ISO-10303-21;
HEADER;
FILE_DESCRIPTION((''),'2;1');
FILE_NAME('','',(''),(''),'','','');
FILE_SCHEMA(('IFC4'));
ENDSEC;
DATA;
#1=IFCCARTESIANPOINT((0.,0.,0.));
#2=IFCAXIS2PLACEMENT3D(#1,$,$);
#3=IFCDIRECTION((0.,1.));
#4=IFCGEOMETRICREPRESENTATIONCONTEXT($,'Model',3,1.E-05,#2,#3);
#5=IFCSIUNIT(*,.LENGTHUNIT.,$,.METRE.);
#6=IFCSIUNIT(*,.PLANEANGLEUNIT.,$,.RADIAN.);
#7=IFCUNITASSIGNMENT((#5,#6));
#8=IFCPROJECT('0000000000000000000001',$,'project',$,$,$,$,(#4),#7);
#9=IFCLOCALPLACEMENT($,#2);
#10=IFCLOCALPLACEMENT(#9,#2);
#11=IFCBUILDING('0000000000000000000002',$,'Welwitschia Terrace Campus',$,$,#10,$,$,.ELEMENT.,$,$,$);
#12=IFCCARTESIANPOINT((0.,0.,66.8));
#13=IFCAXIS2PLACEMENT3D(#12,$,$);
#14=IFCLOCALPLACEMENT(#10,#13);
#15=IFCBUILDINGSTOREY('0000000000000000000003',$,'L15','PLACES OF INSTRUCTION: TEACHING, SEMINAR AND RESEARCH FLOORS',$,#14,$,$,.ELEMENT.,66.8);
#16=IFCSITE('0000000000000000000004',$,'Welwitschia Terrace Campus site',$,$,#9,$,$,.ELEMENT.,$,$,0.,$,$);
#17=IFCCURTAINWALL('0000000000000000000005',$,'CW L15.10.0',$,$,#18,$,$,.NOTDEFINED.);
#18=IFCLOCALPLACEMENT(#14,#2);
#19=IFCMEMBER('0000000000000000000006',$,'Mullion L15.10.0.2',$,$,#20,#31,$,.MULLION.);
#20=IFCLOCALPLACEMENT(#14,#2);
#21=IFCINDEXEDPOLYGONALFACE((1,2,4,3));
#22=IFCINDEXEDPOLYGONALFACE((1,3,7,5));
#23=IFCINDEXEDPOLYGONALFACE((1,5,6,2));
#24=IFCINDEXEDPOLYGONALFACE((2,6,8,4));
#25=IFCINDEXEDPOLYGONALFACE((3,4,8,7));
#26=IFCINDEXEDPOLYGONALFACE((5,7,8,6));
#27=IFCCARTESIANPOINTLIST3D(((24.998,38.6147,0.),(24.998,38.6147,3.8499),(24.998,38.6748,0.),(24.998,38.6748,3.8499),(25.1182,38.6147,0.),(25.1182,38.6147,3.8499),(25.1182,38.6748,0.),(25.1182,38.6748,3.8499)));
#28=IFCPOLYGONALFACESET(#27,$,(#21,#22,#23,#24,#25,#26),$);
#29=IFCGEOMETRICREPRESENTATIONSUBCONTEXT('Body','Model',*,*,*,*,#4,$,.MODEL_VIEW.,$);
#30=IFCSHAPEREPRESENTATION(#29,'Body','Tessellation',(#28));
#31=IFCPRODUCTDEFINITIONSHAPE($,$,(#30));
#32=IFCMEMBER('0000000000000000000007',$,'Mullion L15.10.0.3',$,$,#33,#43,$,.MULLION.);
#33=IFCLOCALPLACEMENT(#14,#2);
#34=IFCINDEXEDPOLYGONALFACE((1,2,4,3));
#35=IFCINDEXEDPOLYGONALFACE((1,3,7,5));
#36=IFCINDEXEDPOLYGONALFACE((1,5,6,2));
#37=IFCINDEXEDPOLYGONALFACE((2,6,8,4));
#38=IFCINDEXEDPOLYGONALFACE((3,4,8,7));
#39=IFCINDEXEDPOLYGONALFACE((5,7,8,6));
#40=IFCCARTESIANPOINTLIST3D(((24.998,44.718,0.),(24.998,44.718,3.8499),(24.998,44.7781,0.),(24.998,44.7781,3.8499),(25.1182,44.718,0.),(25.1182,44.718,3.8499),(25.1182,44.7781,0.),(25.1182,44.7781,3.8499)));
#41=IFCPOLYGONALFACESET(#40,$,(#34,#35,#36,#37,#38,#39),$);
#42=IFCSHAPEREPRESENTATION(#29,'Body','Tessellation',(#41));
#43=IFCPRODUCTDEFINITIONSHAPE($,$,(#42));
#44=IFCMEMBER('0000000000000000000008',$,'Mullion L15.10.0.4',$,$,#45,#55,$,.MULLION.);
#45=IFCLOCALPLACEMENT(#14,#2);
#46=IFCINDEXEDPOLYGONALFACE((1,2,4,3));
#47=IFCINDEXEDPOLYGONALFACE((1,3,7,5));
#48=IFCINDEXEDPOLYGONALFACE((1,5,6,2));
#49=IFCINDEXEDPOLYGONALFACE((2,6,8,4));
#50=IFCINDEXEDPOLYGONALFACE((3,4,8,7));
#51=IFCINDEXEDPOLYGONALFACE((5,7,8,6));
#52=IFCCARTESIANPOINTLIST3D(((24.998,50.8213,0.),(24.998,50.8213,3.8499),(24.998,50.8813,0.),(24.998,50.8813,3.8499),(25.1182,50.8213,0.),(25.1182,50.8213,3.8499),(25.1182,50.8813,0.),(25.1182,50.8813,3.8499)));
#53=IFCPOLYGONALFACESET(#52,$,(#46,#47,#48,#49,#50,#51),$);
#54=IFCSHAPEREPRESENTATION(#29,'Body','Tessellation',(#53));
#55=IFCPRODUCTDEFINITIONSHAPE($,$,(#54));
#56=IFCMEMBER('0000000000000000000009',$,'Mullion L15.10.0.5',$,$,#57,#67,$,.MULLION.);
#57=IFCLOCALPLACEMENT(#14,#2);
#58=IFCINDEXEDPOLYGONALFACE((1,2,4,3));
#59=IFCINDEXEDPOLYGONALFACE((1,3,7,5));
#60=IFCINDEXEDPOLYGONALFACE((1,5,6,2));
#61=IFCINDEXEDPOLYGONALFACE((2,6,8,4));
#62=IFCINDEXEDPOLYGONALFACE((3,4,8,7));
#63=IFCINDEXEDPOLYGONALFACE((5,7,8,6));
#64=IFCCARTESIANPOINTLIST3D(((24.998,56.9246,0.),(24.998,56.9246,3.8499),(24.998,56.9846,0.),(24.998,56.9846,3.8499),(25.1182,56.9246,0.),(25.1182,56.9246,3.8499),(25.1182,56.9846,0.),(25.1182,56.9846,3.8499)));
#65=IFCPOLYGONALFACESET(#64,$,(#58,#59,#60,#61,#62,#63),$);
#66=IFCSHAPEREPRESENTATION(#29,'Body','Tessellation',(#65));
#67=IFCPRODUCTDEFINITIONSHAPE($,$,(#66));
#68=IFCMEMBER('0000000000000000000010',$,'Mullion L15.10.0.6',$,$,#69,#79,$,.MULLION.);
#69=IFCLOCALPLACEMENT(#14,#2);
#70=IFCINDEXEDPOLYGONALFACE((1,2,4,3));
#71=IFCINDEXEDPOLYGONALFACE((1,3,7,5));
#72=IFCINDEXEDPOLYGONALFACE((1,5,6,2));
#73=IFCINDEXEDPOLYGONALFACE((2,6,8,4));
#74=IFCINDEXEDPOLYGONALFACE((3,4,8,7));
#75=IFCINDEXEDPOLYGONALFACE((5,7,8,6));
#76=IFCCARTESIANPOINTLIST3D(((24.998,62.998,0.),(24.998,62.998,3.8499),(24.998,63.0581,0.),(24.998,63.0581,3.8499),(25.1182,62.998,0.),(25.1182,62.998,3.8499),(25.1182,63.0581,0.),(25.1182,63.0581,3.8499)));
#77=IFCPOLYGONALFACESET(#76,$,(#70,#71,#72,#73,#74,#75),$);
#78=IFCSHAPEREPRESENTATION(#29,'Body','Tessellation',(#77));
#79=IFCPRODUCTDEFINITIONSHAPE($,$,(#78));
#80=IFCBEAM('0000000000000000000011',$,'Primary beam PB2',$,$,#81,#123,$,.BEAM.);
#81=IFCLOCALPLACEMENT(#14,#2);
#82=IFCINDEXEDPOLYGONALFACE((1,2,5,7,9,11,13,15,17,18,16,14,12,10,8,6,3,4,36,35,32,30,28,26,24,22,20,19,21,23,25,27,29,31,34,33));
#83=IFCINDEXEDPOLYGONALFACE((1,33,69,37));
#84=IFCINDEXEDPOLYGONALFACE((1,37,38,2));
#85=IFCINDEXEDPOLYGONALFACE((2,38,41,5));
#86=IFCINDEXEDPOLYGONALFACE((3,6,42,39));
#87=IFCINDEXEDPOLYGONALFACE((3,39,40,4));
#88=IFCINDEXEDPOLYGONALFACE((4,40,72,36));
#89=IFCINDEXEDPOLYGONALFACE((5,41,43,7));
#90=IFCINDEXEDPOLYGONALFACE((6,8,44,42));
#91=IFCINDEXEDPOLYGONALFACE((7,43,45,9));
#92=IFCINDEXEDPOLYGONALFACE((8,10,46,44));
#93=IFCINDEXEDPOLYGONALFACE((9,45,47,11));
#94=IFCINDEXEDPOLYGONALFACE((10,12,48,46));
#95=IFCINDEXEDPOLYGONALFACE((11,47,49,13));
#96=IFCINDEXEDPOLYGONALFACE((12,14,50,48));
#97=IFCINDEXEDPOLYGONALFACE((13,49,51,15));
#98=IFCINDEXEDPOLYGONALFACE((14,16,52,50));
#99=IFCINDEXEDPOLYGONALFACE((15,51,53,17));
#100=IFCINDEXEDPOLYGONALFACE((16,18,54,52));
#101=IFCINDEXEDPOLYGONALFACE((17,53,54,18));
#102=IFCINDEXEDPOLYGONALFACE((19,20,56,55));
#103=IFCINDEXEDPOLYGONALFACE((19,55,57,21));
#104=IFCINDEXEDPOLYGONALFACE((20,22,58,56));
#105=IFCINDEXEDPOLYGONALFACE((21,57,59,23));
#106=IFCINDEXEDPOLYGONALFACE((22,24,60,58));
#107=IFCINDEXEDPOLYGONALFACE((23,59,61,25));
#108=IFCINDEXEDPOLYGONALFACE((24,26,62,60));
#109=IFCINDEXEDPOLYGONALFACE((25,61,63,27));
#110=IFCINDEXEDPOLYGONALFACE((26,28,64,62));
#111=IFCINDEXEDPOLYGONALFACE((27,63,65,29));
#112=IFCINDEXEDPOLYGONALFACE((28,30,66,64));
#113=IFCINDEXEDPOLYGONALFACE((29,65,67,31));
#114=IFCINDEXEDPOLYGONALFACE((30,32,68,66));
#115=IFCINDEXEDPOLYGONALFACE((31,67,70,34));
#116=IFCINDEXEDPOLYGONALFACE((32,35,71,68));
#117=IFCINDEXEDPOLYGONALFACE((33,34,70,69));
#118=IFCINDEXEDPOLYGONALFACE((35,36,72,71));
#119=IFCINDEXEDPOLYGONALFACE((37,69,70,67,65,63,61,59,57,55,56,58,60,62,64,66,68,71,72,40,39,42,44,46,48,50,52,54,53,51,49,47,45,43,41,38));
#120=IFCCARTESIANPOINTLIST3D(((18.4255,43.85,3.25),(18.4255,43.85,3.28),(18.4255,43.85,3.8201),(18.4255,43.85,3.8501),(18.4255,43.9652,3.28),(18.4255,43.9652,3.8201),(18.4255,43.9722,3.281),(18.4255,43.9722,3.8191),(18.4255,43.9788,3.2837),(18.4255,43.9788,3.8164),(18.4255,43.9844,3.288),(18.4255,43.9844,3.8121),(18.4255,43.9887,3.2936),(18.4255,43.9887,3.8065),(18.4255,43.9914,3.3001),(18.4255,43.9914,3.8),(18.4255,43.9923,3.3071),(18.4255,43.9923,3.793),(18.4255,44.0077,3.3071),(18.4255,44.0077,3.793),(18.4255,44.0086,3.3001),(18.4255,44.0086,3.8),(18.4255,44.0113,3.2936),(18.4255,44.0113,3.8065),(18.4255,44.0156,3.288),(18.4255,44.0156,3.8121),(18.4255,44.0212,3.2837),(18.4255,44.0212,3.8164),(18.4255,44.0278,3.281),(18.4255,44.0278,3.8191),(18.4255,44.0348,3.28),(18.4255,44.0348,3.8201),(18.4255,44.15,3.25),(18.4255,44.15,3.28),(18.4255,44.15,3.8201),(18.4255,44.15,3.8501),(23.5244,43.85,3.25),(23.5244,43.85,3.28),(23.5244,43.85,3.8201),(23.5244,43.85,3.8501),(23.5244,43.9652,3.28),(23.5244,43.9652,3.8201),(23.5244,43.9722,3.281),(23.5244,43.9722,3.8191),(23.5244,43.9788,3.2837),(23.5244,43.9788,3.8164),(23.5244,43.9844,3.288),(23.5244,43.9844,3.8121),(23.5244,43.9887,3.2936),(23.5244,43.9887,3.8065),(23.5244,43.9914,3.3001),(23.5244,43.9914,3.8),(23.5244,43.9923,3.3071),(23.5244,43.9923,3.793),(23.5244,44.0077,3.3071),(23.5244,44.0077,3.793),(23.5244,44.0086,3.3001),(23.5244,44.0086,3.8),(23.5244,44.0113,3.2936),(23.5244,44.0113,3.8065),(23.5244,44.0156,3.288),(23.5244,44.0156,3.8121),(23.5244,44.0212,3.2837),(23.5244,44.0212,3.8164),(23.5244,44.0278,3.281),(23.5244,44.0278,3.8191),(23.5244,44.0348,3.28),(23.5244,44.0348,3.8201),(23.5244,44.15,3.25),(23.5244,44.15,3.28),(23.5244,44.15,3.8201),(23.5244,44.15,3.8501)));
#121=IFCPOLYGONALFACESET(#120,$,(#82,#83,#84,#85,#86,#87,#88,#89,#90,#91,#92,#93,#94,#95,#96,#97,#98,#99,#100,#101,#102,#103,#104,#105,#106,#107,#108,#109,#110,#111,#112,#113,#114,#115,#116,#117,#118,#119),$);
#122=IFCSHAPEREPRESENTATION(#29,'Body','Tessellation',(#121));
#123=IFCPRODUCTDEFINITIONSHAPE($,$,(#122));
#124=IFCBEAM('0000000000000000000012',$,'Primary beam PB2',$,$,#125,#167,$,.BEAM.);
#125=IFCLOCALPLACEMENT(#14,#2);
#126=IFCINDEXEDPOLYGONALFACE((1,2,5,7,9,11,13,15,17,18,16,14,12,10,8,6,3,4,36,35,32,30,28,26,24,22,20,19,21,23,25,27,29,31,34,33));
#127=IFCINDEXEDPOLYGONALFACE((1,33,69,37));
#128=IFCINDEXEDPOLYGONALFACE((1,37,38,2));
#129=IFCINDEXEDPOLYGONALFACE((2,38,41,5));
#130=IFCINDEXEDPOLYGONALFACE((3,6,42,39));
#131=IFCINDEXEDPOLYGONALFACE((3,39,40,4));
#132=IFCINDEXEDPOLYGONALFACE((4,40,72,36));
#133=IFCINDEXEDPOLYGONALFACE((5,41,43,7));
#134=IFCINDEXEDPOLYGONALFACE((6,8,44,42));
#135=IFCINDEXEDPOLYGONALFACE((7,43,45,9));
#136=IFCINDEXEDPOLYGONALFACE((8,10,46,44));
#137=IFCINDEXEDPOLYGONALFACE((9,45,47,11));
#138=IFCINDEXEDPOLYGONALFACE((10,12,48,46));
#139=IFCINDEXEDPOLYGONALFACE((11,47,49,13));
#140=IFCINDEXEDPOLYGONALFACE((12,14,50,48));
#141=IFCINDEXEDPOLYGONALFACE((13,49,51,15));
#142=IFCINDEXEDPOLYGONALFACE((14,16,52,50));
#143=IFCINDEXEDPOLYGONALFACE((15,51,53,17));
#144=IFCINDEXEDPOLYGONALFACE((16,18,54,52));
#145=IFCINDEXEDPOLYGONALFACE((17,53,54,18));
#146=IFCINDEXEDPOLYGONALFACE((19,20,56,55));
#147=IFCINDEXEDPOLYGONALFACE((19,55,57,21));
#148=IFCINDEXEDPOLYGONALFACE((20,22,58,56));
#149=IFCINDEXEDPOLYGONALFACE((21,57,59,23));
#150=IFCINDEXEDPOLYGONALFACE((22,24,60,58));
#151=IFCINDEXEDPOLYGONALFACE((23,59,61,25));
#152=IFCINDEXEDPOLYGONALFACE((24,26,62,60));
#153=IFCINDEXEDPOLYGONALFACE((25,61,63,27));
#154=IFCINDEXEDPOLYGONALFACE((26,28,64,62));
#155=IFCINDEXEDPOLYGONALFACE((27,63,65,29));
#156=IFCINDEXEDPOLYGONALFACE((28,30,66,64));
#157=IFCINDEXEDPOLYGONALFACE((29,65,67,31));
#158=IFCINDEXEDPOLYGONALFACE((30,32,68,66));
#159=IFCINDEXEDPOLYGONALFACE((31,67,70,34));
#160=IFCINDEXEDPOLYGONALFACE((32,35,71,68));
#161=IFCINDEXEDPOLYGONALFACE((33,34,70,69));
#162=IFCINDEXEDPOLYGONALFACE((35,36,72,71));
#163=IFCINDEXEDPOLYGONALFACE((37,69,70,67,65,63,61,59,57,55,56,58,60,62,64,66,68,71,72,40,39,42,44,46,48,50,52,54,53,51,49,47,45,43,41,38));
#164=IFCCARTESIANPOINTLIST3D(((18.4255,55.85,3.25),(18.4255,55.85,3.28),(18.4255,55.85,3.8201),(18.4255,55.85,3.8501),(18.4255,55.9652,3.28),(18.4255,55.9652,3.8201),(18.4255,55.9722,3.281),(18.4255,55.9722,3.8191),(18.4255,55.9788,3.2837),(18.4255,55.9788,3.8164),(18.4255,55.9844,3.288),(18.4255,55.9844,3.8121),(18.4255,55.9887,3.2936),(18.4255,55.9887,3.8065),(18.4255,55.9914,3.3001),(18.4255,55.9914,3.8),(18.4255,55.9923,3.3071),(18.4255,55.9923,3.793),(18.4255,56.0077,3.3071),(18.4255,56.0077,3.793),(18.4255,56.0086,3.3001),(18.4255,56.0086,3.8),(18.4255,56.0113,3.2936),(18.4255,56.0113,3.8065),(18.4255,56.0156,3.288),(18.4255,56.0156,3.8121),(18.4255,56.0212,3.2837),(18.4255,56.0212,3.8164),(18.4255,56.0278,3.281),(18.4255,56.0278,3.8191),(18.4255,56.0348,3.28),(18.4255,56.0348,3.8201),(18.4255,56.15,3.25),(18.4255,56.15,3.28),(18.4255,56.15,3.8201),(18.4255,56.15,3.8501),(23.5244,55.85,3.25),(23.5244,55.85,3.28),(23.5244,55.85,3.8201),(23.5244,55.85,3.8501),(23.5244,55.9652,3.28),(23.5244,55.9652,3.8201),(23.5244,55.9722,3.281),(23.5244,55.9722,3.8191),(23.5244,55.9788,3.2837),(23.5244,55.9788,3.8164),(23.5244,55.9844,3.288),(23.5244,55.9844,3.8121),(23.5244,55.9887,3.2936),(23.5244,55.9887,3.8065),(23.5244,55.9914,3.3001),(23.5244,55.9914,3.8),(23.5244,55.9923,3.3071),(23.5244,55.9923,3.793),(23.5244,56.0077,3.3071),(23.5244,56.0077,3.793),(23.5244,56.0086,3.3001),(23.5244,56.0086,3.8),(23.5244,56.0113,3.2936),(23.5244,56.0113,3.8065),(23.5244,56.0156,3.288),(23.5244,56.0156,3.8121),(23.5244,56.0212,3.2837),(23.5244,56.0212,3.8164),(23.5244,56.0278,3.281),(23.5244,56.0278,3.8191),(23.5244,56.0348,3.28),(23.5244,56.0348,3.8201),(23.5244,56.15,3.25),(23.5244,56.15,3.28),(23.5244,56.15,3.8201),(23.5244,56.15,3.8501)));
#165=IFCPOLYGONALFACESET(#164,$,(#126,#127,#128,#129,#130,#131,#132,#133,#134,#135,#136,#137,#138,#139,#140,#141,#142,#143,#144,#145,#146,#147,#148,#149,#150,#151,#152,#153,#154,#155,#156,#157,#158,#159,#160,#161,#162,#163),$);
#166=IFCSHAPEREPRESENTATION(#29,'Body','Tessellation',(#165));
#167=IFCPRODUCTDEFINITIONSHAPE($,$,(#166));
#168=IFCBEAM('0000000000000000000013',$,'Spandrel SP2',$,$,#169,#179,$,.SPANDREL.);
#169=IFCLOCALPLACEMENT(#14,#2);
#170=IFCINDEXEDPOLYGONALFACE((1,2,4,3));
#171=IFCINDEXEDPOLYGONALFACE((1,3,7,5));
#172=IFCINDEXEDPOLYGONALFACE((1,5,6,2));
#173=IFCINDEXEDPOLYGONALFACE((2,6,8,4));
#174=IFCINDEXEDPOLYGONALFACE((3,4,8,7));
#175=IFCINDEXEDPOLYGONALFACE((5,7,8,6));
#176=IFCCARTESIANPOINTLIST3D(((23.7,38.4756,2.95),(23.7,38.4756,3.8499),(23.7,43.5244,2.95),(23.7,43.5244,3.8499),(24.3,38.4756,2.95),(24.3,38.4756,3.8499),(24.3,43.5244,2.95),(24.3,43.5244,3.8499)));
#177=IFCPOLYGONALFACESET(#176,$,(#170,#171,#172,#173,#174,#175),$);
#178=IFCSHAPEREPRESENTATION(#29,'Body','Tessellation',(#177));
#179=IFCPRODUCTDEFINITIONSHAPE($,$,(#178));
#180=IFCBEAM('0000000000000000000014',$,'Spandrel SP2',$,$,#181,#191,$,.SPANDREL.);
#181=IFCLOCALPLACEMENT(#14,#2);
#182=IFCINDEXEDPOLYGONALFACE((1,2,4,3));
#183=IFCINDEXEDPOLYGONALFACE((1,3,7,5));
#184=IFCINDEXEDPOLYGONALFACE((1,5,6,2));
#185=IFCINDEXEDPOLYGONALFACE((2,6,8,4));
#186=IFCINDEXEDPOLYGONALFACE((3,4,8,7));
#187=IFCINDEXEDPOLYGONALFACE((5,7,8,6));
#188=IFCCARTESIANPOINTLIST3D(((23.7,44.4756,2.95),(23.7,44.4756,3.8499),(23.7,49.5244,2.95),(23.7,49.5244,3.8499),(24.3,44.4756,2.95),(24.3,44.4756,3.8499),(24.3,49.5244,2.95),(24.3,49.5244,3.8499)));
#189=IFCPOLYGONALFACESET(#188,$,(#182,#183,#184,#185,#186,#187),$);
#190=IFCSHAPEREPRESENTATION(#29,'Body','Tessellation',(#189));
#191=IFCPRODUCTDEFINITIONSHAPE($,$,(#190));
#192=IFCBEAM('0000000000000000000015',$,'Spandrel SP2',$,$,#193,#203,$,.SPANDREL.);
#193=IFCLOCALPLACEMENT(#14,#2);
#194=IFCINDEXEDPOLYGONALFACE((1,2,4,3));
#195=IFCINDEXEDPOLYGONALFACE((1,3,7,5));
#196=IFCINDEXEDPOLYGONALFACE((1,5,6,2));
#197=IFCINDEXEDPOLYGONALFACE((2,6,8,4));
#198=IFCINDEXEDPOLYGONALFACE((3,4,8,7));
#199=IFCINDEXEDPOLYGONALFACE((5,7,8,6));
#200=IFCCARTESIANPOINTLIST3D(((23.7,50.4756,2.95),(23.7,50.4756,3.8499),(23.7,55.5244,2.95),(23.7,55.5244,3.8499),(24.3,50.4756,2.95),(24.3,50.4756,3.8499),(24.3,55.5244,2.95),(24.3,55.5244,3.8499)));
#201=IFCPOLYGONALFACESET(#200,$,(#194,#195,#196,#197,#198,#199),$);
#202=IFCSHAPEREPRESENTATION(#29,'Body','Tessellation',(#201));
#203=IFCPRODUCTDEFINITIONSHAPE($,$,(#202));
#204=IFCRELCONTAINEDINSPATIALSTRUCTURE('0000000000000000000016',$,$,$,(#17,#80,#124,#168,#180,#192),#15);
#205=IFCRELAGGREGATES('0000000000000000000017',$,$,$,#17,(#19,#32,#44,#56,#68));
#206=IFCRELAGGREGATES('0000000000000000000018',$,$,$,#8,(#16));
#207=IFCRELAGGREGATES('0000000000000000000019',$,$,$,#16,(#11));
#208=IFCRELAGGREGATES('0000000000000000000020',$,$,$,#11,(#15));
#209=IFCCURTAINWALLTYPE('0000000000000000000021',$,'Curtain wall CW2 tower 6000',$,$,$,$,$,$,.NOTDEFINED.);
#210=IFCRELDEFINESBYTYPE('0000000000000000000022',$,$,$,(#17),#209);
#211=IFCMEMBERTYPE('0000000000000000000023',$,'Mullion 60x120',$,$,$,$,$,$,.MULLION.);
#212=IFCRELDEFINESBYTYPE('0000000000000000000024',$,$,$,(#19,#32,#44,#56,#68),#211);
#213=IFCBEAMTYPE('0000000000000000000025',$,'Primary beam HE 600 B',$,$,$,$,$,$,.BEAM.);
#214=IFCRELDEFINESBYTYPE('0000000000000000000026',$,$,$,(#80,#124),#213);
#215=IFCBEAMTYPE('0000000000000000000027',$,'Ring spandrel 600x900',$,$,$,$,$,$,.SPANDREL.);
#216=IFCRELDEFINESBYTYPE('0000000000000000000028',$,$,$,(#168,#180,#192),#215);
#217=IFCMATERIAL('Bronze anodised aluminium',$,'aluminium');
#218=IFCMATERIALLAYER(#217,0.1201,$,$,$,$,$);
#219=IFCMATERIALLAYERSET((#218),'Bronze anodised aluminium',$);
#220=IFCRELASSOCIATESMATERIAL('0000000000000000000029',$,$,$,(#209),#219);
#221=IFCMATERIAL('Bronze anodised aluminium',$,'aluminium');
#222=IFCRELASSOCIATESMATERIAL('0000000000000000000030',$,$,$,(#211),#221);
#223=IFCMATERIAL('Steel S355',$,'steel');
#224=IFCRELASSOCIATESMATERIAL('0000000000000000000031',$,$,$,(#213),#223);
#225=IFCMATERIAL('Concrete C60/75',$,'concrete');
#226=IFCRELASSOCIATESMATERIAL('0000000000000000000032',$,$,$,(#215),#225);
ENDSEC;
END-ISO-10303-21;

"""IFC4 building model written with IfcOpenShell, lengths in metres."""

from ifc_helpers import new_model, si_unit, direction, frame, origin, origin_2d, place, context, subcontext, project, spatial, rectangle, i_section, extrude, material, layer, layer_set, material_profile, profile_set, type_object, element, aggregate, save


model = new_model("IFC4")

# Units and contexts
model_context = context("Model", 3, precision=1e-05, world=origin(), true_north=direction((0.0, 1.0)))
body_context = subcontext(model_context, "Body", "Model", "MODEL_VIEW")
ifc_project = project(units=[si_unit("LENGTHUNIT", "METRE"), si_unit("PLANEANGLEUNIT", "RADIAN")], contexts=[model_context])

# Site, building, storey
site_placement = place(None, origin())
site = spatial("IfcSite", under=ifc_project, at=site_placement, Name="Welwitschia Terrace Campus site", CompositionType="ELEMENT", RefElevation=0.0)
building_placement = place(site_placement, origin())
building = spatial("IfcBuilding", under=site, at=building_placement, Name="Welwitschia Terrace Campus", CompositionType="ELEMENT")
storey_placement = place(building_placement, frame((0.0, 0.0, 66.8)))
storey = spatial("IfcBuildingStorey", under=building, at=storey_placement, Name="L15", Description="PLACES OF INSTRUCTION: TEACHING, SEMINAR AND RESEARCH FLOORS", CompositionType="ELEMENT", Elevation=66.8)

# Curtain wall, members
ifc_material_1 = material(Name="Bronze anodised aluminium", Category="aluminium")
ifc_layer_1 = layer(ifc_material_1, 0.1201)
ifc_layer_set_1 = layer_set([ifc_layer_1], Name="Bronze anodised aluminium")
curtain_wall_type = type_object("IfcCurtainWallType", Name="Curtain wall CW2 tower 6000", PredefinedType="NOTDEFINED", material=ifc_layer_set_1)
curtain_wall_placement = place(storey_placement, origin())
curtain_wall = element("IfcCurtainWall", 1, at=curtain_wall_placement, inside=storey, type_object=curtain_wall_type, Name="CW L15.10.0", PredefinedType="NOTDEFINED")
ifc_material_2 = material(Name="Bronze anodised aluminium", Category="aluminium")
ifc_material_profile_1 = material_profile(ifc_material_2, rectangle(XDim=0.1201, YDim=0.0601, at=origin_2d()))
ifc_profile_set_1 = profile_set([ifc_material_profile_1], Name="Bronze anodised aluminium")
member_type = type_object("IfcMemberType", Name="Mullion 60x120", PredefinedType="MULLION", material=ifc_profile_set_1)
member_1_placement = place(storey_placement, frame((25.0581, 38.6448, 0.0), z_axis=(0.0, 0.0, 1.0), x_axis=(-1.0, 0.0, 0.0)))
member_1 = element("IfcMember", 2, at=member_1_placement, type_object=member_type, Name="Mullion L15.10.0.2", PredefinedType="MULLION", context=body_context, shape_type="SweptSolid", body=[
    extrude(rectangle(XDim=0.1201, YDim=0.0601, at=origin_2d()), origin(), (0.0, 0.0, 1.0), 3.8499),
])
member_2_placement = place(storey_placement, frame((25.0581, 44.748, 0.0), z_axis=(0.0, 0.0, 1.0), x_axis=(-1.0, 0.0, 0.0)))
member_2 = element("IfcMember", 3, at=member_2_placement, type_object=member_type, Name="Mullion L15.10.0.3", PredefinedType="MULLION", context=body_context, shape_type="SweptSolid", body=[
    extrude(rectangle(XDim=0.1201, YDim=0.0601, at=origin_2d()), origin(), (0.0, 0.0, 1.0), 3.8499),
])
member_3_placement = place(storey_placement, frame((25.0581, 50.8513, 0.0), z_axis=(0.0, 0.0, 1.0), x_axis=(-1.0, 0.0, 0.0)))
member_3 = element("IfcMember", 4, at=member_3_placement, type_object=member_type, Name="Mullion L15.10.0.4", PredefinedType="MULLION", context=body_context, shape_type="SweptSolid", body=[
    extrude(rectangle(XDim=0.1201, YDim=0.0601, at=origin_2d()), origin(), (0.0, 0.0, 1.0), 3.8499),
])
member_4_placement = place(storey_placement, frame((25.0581, 56.9546, 0.0), z_axis=(0.0, 0.0, 1.0), x_axis=(-1.0, 0.0, 0.0)))
member_4 = element("IfcMember", 5, at=member_4_placement, type_object=member_type, Name="Mullion L15.10.0.5", PredefinedType="MULLION", context=body_context, shape_type="SweptSolid", body=[
    extrude(rectangle(XDim=0.1201, YDim=0.0601, at=origin_2d()), origin(), (0.0, 0.0, 1.0), 3.8499),
])
member_5_placement = place(storey_placement, frame((25.0581, 63.0281, 0.0), z_axis=(0.0, 0.0, 1.0), x_axis=(-1.0, 0.0, 0.0)))
member_5 = element("IfcMember", 6, at=member_5_placement, type_object=member_type, Name="Mullion L15.10.0.6", PredefinedType="MULLION", context=body_context, shape_type="SweptSolid", body=[
    extrude(rectangle(XDim=0.1201, YDim=0.0601, at=origin_2d()), origin(), (0.0, 0.0, 1.0), 3.8499),
])

# Beams
ifc_material_3 = material(Name="Steel S355", Category="steel")
ifc_material_profile_2 = material_profile(ifc_material_3, i_section(OverallWidth=0.3, OverallDepth=0.6001, WebThickness=0.0154, FlangeThickness=0.03, FilletRadius=0.0271, at=origin_2d()))
ifc_profile_set_2 = profile_set([ifc_material_profile_2], Name="Steel S355")
beam_type_1 = type_object("IfcBeamType", Name="Primary beam HE 600 B", PredefinedType="BEAM", material=ifc_profile_set_2)
for number, where, z_axis, x_axis, name in (
    (7, (23.5244, 44.0, 3.55), (-1.0, 0.0, 0.0), (0.0, -1.0, 0.0), "Primary beam PB2"),
    (8, (23.5244, 56.0, 3.55), (-1.0, 0.0, 0.0), (0.0, -1.0, 0.0), "Primary beam PB2"),
):
    element("IfcBeam", number, at=place(storey_placement, frame(where, z_axis=z_axis, x_axis=x_axis)), inside=storey, type_object=beam_type_1, Name=name, PredefinedType="BEAM", context=body_context, shape_type="SweptSolid", body=[
        extrude(i_section(OverallWidth=0.3, OverallDepth=0.6001, WebThickness=0.0154, FlangeThickness=0.03, FilletRadius=0.0271, at=origin_2d()), origin(), (0.0, 0.0, 1.0), 5.0989),
    ])
ifc_material_4 = material(Name="Concrete C60/75", Category="concrete")
ifc_material_profile_3 = material_profile(ifc_material_4, rectangle(XDim=0.6001, YDim=0.8999, at=origin_2d()))
ifc_profile_set_3 = profile_set([ifc_material_profile_3], Name="Concrete C60/75")
beam_type_2 = type_object("IfcBeamType", Name="Ring spandrel 600x900", PredefinedType="SPANDREL", material=ifc_profile_set_3)
for number, where, z_axis, x_axis, name in (
    (9, (24.0, 38.4756, 3.3999), (0.0, 1.0, 0.0), (-1.0, 0.0, 0.0), "Spandrel SP2"),
    (10, (24.0, 44.4756, 3.3999), (0.0, 1.0, 0.0), (-1.0, 0.0, 0.0), "Spandrel SP2"),
    (11, (24.0, 50.4756, 3.3999), (0.0, 1.0, 0.0), (-1.0, 0.0, 0.0), "Spandrel SP2"),
):
    element("IfcBeam", number, at=place(storey_placement, frame(where, z_axis=z_axis, x_axis=x_axis)), inside=storey, type_object=beam_type_2, Name=name, PredefinedType="SPANDREL", context=body_context, shape_type="SweptSolid", body=[
        extrude(rectangle(XDim=0.6001, YDim=0.8999, at=origin_2d()), origin(), (0.0, 0.0, 1.0), 5.0488),
    ])

aggregate(curtain_wall, [member_1, member_2, member_3, member_4, member_5])

save(model, "model.ifc")
